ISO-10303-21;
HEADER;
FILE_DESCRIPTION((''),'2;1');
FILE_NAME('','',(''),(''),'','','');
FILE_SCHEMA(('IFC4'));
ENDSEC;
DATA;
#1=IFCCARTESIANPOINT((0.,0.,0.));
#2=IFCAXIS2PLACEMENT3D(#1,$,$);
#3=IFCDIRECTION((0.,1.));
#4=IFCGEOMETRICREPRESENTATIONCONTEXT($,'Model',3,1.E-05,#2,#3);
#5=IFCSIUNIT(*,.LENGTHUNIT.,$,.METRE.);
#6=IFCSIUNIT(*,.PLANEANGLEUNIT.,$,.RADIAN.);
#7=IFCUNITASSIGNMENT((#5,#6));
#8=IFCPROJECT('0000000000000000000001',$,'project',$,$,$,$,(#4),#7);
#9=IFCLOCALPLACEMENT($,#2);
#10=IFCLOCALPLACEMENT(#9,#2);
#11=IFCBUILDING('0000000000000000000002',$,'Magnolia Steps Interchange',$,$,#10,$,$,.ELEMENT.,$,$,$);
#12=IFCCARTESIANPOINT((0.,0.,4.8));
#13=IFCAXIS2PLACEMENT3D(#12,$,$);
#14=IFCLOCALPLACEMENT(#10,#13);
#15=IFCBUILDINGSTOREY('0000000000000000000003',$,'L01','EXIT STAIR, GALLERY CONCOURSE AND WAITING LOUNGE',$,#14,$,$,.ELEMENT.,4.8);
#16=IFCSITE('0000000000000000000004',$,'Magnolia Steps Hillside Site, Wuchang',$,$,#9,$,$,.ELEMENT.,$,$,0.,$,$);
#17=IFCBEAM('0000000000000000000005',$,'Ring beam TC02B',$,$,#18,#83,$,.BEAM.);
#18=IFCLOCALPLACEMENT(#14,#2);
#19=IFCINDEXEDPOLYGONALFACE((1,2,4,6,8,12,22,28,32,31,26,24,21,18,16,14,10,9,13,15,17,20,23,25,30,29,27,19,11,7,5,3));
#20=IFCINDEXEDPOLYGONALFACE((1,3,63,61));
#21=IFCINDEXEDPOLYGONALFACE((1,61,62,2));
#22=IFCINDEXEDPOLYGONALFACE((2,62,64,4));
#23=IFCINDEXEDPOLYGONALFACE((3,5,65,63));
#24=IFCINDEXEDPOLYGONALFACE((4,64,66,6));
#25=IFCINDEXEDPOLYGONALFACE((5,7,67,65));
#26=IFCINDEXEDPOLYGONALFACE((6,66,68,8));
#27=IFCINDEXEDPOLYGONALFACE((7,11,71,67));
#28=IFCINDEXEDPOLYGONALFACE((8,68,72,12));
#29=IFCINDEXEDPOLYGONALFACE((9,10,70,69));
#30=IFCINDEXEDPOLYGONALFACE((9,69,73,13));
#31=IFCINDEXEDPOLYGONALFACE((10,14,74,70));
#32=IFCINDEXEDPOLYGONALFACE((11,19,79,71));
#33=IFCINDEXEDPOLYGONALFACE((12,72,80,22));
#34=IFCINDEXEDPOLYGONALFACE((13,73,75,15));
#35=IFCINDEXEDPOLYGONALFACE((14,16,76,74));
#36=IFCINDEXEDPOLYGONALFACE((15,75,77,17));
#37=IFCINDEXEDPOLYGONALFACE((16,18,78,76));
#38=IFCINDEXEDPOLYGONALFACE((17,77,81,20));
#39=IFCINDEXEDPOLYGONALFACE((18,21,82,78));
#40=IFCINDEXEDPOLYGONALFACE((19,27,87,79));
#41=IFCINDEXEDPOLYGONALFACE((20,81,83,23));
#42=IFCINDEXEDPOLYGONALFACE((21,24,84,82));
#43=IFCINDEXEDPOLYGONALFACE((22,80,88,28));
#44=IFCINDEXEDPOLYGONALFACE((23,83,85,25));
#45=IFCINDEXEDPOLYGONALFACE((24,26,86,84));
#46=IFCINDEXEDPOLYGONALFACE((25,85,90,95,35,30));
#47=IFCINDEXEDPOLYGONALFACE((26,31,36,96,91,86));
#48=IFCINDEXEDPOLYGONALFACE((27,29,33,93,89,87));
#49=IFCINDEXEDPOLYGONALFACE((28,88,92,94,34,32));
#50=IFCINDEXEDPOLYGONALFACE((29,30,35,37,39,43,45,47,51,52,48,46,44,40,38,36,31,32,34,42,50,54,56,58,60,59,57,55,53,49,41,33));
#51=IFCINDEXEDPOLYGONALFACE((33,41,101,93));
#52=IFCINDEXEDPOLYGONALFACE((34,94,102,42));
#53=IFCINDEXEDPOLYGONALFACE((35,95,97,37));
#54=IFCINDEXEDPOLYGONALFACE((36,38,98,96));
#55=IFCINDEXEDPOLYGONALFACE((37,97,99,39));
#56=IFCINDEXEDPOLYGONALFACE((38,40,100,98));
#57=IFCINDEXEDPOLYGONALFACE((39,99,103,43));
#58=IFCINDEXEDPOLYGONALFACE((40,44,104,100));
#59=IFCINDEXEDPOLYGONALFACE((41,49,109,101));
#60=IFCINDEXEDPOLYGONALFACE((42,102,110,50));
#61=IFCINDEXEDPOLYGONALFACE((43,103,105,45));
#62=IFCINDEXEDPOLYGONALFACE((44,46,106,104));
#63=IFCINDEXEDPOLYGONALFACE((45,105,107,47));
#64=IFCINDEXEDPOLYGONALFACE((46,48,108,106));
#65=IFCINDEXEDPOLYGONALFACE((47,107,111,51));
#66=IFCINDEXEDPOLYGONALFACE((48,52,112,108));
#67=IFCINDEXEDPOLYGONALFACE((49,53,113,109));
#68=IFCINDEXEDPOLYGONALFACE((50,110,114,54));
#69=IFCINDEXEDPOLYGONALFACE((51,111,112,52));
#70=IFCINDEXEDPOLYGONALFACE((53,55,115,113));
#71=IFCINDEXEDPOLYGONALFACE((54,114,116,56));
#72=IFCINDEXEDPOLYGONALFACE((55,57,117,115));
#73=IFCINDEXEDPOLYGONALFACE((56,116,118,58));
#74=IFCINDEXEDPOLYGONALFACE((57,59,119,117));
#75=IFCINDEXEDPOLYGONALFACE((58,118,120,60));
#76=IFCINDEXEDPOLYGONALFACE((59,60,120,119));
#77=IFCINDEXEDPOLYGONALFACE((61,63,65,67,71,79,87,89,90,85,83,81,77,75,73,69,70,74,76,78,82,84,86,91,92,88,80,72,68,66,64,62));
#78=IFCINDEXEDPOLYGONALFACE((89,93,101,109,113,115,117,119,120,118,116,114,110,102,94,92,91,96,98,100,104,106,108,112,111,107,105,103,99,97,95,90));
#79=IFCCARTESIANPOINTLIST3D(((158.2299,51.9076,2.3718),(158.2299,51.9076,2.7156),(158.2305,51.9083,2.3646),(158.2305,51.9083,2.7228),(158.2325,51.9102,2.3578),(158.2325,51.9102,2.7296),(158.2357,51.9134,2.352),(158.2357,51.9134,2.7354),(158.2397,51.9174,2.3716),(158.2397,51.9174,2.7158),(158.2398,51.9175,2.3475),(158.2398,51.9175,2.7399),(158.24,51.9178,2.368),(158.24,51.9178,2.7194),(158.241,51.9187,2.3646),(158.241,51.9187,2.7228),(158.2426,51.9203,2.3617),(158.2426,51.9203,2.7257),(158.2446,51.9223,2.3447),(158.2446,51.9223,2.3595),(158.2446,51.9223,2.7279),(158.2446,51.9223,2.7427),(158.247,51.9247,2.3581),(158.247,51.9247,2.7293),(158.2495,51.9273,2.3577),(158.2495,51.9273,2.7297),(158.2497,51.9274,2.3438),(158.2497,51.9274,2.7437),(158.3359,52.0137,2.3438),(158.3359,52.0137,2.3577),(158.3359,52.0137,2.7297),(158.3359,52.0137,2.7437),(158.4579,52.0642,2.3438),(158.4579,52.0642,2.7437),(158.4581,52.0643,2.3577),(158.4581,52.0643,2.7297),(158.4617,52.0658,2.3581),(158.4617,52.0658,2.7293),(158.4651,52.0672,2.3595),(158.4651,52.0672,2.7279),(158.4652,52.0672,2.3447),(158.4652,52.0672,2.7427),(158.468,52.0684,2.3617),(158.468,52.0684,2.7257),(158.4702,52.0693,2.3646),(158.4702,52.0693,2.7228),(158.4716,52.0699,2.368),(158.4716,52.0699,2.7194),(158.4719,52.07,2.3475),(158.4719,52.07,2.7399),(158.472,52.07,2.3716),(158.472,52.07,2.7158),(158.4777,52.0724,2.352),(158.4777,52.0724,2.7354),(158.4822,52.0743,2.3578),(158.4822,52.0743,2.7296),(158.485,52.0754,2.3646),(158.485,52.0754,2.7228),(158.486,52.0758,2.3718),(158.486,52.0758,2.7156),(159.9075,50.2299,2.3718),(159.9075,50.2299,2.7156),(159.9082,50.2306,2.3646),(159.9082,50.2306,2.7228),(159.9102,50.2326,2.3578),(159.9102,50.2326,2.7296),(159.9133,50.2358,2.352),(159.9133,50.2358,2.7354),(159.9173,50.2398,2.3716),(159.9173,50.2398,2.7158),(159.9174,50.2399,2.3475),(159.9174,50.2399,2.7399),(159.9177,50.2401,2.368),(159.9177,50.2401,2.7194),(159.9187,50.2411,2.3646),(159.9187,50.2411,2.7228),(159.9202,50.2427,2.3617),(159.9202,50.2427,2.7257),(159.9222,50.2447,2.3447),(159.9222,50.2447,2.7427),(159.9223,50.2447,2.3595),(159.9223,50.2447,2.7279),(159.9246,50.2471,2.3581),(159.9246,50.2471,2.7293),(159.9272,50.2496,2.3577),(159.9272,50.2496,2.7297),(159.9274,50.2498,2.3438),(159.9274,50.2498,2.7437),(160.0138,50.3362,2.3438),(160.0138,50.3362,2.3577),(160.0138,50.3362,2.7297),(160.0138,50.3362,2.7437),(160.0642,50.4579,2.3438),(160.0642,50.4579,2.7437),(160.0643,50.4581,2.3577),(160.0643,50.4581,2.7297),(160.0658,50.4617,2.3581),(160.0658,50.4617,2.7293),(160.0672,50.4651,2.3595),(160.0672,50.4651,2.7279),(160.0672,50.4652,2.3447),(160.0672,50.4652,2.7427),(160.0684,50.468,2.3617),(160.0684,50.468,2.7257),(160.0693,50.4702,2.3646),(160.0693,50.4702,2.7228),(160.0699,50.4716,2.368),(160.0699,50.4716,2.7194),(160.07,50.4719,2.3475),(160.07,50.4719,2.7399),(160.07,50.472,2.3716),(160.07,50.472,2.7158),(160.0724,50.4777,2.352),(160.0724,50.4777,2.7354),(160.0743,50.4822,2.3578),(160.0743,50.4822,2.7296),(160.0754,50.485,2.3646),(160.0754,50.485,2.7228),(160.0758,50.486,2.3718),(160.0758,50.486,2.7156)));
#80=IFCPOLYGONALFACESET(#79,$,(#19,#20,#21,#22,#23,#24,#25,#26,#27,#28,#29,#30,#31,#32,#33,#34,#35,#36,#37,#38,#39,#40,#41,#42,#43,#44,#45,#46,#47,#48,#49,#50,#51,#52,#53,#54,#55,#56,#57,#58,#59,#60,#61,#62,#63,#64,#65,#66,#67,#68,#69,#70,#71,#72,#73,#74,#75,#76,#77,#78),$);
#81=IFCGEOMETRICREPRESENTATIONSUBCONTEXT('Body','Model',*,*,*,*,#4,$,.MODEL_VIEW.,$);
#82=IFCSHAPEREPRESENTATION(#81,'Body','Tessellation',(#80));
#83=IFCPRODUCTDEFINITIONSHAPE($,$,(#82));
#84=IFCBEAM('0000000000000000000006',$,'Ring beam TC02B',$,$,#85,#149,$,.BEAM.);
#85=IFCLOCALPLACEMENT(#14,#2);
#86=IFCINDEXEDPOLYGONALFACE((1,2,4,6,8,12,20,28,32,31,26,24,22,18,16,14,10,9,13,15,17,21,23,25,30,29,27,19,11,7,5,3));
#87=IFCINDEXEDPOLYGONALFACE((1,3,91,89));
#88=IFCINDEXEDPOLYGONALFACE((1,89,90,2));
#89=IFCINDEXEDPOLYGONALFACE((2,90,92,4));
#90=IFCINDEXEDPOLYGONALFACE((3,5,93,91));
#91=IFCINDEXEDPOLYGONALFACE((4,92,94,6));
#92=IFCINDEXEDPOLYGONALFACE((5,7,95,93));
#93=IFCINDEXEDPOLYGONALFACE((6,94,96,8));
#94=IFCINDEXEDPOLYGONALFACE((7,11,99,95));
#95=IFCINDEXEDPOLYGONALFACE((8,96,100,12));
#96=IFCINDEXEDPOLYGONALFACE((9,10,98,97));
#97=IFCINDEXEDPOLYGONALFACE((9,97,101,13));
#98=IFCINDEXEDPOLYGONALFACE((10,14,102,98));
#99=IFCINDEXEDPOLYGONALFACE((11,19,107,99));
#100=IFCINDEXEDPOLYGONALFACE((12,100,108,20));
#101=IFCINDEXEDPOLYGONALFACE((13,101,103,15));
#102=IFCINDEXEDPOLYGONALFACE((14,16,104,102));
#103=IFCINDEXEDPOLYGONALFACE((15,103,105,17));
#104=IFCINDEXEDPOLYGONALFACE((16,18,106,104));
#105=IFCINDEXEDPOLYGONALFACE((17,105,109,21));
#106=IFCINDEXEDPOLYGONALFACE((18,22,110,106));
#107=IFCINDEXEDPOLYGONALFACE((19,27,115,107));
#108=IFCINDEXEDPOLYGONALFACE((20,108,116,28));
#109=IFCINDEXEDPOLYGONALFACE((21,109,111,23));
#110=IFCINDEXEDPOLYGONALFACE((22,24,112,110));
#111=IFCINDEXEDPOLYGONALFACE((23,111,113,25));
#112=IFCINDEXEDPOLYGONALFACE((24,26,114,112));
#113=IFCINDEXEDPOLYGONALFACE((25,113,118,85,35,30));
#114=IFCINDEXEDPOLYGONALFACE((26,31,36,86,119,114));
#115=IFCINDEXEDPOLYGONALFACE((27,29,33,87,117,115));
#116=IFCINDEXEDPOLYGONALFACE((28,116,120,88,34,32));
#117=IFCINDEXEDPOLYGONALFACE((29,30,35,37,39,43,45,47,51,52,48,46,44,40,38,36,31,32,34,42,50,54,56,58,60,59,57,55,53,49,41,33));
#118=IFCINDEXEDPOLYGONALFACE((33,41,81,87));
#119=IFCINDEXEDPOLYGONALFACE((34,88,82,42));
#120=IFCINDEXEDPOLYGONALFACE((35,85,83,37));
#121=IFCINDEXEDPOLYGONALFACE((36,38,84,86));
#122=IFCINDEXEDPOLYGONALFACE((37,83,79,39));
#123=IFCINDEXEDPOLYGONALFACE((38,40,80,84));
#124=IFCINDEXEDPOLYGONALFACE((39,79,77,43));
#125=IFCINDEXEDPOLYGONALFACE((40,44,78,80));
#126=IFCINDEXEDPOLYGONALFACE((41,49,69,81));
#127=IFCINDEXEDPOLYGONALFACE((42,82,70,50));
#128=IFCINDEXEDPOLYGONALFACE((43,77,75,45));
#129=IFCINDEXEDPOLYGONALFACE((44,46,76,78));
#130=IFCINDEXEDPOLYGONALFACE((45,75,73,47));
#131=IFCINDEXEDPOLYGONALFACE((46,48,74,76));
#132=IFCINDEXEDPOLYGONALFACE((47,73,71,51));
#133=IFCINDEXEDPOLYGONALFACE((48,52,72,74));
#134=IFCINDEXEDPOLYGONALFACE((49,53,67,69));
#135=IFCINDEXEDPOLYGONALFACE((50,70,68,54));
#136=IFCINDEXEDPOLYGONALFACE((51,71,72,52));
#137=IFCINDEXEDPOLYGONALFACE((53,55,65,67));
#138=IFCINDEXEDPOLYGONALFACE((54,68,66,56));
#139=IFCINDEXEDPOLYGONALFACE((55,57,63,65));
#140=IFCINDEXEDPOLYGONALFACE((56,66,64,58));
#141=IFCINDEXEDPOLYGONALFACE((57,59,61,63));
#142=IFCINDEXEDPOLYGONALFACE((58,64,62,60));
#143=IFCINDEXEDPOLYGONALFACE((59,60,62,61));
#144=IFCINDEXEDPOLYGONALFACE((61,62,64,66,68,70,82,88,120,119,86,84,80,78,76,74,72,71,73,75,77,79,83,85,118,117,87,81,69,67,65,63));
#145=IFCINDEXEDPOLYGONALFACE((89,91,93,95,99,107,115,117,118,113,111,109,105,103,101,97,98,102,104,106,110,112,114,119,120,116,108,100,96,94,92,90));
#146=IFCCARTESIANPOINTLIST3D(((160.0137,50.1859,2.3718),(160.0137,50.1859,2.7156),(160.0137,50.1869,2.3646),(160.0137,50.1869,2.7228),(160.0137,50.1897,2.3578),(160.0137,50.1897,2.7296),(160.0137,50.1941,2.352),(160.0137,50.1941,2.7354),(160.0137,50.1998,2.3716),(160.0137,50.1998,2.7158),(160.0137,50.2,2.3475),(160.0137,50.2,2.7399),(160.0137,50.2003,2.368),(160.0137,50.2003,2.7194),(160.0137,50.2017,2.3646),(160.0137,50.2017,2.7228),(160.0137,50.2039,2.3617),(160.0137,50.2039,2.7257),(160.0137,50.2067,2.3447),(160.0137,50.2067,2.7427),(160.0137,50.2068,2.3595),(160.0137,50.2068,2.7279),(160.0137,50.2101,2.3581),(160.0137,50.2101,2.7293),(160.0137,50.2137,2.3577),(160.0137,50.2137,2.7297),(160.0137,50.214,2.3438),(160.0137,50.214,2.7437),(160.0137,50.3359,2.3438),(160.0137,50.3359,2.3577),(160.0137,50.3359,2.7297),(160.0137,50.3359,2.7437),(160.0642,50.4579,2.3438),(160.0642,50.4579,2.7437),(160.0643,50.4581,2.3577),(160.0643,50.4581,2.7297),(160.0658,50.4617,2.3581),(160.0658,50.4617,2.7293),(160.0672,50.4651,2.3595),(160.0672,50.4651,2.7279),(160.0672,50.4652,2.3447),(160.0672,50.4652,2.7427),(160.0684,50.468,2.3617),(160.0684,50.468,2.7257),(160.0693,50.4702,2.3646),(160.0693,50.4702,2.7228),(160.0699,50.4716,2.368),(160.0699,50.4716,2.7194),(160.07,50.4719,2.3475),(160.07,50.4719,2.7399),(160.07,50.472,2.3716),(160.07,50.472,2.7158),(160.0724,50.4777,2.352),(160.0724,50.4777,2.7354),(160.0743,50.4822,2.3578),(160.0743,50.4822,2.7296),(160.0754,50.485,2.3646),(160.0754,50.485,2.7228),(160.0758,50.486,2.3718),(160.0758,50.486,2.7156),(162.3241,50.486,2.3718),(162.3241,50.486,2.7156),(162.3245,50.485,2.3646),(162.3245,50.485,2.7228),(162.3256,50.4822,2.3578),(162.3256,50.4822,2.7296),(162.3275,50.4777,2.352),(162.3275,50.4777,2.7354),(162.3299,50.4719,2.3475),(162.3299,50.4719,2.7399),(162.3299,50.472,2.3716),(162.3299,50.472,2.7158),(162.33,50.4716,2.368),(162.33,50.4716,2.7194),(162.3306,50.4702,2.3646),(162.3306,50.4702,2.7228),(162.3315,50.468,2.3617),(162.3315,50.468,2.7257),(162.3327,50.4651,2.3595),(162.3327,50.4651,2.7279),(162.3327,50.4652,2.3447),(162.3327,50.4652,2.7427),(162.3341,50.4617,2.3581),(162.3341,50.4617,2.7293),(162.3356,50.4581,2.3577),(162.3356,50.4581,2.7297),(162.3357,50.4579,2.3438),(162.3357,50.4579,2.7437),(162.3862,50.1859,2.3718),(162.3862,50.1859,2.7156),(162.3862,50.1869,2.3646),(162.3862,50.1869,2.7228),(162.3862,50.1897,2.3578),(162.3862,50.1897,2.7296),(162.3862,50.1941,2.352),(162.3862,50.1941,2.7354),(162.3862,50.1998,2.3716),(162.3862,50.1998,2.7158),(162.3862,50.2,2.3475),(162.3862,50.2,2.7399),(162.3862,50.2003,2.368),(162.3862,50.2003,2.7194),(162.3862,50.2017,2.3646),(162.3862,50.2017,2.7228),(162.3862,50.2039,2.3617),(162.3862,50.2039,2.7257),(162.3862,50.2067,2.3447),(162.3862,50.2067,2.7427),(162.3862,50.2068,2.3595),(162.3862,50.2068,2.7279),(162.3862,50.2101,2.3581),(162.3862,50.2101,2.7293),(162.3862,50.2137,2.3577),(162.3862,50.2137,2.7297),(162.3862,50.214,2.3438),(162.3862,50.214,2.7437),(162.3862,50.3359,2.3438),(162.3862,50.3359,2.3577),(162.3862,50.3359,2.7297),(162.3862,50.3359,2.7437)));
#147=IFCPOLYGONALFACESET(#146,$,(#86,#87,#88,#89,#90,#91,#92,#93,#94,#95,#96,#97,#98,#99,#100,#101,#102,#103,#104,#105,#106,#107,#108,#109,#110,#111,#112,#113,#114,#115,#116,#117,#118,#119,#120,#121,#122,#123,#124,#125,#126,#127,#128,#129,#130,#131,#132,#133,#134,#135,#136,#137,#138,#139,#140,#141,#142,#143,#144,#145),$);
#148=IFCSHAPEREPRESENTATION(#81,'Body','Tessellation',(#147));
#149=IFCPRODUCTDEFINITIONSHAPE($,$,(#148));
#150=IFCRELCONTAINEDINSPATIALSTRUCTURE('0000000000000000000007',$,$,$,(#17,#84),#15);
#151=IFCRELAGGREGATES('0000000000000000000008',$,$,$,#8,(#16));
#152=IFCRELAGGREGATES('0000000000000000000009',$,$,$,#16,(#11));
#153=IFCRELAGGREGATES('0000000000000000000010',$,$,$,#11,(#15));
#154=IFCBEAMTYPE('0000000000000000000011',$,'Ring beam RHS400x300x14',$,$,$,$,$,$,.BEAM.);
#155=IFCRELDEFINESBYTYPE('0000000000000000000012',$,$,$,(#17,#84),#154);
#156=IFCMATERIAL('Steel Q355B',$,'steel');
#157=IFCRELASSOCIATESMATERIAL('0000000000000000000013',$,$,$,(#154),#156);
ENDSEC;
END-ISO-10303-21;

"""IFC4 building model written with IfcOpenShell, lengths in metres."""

from ifc_helpers import new_model, si_unit, direction, frame, origin, origin_2d, place, context, subcontext, project, spatial, hollow_rectangle, extrude, clip, halfspace, material, material_profile, profile_set, type_object, element, save


model = new_model("IFC4")

# Units and contexts
model_context = context("Model", 3, precision=1e-05, world=origin(), true_north=direction((0.0, 1.0)))
body_context = subcontext(model_context, "Body", "Model", "MODEL_VIEW")
ifc_project = project(units=[si_unit("LENGTHUNIT", "METRE"), si_unit("PLANEANGLEUNIT", "RADIAN")], contexts=[model_context])

# Site, building, storey
site_placement = place(None, origin())
site = spatial("IfcSite", under=ifc_project, at=site_placement, Name="Magnolia Steps Hillside Site, Wuchang", CompositionType="ELEMENT", RefElevation=0.0)
building_placement = place(site_placement, origin())
building = spatial("IfcBuilding", under=site, at=building_placement, Name="Magnolia Steps Interchange", CompositionType="ELEMENT")
storey_placement = place(building_placement, frame((0.0, 0.0, 4.8)))
storey = spatial("IfcBuildingStorey", under=building, at=storey_placement, Name="L01", Description="EXIT STAIR, GALLERY CONCOURSE AND WAITING LOUNGE", CompositionType="ELEMENT", Elevation=4.8)

# Beams
ifc_material_1 = material(Name="Steel Q355B", Category="steel")
ifc_material_profile_1 = material_profile(ifc_material_1, hollow_rectangle(XDim=0.3, YDim=0.3999, WallThickness=0.0139, InnerFilletRadius=0.0139, OuterFilletRadius=0.0281, at=origin_2d()), Name="RHS400x300x14")
ifc_profile_set_1 = profile_set([ifc_material_profile_1], Name="Steel Q355B")
beam_type_1 = type_object("IfcBeamType", Name="Ring beam RHS400x300x14", PredefinedType="BEAM", material=ifc_profile_set_1)
beam_1_placement = place(storey_placement, frame((158.3359, 52.0137, 2.5437), z_axis=(0.707107, -0.707107, 0.0), x_axis=(0.707107, 0.707107, 0.0)))
element("IfcBeam", 1, at=beam_1_placement, inside=storey, type_object=beam_type_1, Name="Ring beam TC02B", PredefinedType="BEAM", context=body_context, shape_type="Clipping", body=[
    clip(clip(extrude(hollow_rectangle(XDim=0.3, YDim=0.3999, WallThickness=0.0139, InnerFilletRadius=0.0139, OuterFilletRadius=0.0281, at=origin_2d()), origin(), (0.0, 0.0, 1.0), 2.3726), halfspace(frame((0.0, 0.0, 0.0), z_axis=(0.382683, 0.0, -0.92388), x_axis=(0.92388, 0.0, 0.382683)), False)), halfspace(frame((0.0, 0.0, 2.3727), z_axis=(0.382683, 0.0, 0.92388), x_axis=(0.92388, 0.0, -0.382683)), False)),
])
beam_2_placement = place(storey_placement, frame((160.0137, 50.3359, 2.5437), z_axis=(1.0, 0.0, 0.0), x_axis=(0.0, 1.0, 0.0)))
element("IfcBeam", 2, at=beam_2_placement, inside=storey, type_object=beam_type_1, Name="Ring beam TC02B", PredefinedType="BEAM", context=body_context, shape_type="Clipping", body=[
    clip(clip(extrude(hollow_rectangle(XDim=0.3, YDim=0.3999, WallThickness=0.0139, InnerFilletRadius=0.0139, OuterFilletRadius=0.0281, at=origin_2d()), origin(), (0.0, 0.0, 1.0), 2.3726), halfspace(frame((0.0, 0.0, 0.0), z_axis=(0.382683, 0.0, -0.92388), x_axis=(0.92388, 0.0, 0.382683)), False)), halfspace(frame((0.0, 0.0, 2.3726), z_axis=(0.382683, 0.0, 0.92388), x_axis=(0.92388, 0.0, -0.382683)), False)),
])

save(model, "model.ifc")
